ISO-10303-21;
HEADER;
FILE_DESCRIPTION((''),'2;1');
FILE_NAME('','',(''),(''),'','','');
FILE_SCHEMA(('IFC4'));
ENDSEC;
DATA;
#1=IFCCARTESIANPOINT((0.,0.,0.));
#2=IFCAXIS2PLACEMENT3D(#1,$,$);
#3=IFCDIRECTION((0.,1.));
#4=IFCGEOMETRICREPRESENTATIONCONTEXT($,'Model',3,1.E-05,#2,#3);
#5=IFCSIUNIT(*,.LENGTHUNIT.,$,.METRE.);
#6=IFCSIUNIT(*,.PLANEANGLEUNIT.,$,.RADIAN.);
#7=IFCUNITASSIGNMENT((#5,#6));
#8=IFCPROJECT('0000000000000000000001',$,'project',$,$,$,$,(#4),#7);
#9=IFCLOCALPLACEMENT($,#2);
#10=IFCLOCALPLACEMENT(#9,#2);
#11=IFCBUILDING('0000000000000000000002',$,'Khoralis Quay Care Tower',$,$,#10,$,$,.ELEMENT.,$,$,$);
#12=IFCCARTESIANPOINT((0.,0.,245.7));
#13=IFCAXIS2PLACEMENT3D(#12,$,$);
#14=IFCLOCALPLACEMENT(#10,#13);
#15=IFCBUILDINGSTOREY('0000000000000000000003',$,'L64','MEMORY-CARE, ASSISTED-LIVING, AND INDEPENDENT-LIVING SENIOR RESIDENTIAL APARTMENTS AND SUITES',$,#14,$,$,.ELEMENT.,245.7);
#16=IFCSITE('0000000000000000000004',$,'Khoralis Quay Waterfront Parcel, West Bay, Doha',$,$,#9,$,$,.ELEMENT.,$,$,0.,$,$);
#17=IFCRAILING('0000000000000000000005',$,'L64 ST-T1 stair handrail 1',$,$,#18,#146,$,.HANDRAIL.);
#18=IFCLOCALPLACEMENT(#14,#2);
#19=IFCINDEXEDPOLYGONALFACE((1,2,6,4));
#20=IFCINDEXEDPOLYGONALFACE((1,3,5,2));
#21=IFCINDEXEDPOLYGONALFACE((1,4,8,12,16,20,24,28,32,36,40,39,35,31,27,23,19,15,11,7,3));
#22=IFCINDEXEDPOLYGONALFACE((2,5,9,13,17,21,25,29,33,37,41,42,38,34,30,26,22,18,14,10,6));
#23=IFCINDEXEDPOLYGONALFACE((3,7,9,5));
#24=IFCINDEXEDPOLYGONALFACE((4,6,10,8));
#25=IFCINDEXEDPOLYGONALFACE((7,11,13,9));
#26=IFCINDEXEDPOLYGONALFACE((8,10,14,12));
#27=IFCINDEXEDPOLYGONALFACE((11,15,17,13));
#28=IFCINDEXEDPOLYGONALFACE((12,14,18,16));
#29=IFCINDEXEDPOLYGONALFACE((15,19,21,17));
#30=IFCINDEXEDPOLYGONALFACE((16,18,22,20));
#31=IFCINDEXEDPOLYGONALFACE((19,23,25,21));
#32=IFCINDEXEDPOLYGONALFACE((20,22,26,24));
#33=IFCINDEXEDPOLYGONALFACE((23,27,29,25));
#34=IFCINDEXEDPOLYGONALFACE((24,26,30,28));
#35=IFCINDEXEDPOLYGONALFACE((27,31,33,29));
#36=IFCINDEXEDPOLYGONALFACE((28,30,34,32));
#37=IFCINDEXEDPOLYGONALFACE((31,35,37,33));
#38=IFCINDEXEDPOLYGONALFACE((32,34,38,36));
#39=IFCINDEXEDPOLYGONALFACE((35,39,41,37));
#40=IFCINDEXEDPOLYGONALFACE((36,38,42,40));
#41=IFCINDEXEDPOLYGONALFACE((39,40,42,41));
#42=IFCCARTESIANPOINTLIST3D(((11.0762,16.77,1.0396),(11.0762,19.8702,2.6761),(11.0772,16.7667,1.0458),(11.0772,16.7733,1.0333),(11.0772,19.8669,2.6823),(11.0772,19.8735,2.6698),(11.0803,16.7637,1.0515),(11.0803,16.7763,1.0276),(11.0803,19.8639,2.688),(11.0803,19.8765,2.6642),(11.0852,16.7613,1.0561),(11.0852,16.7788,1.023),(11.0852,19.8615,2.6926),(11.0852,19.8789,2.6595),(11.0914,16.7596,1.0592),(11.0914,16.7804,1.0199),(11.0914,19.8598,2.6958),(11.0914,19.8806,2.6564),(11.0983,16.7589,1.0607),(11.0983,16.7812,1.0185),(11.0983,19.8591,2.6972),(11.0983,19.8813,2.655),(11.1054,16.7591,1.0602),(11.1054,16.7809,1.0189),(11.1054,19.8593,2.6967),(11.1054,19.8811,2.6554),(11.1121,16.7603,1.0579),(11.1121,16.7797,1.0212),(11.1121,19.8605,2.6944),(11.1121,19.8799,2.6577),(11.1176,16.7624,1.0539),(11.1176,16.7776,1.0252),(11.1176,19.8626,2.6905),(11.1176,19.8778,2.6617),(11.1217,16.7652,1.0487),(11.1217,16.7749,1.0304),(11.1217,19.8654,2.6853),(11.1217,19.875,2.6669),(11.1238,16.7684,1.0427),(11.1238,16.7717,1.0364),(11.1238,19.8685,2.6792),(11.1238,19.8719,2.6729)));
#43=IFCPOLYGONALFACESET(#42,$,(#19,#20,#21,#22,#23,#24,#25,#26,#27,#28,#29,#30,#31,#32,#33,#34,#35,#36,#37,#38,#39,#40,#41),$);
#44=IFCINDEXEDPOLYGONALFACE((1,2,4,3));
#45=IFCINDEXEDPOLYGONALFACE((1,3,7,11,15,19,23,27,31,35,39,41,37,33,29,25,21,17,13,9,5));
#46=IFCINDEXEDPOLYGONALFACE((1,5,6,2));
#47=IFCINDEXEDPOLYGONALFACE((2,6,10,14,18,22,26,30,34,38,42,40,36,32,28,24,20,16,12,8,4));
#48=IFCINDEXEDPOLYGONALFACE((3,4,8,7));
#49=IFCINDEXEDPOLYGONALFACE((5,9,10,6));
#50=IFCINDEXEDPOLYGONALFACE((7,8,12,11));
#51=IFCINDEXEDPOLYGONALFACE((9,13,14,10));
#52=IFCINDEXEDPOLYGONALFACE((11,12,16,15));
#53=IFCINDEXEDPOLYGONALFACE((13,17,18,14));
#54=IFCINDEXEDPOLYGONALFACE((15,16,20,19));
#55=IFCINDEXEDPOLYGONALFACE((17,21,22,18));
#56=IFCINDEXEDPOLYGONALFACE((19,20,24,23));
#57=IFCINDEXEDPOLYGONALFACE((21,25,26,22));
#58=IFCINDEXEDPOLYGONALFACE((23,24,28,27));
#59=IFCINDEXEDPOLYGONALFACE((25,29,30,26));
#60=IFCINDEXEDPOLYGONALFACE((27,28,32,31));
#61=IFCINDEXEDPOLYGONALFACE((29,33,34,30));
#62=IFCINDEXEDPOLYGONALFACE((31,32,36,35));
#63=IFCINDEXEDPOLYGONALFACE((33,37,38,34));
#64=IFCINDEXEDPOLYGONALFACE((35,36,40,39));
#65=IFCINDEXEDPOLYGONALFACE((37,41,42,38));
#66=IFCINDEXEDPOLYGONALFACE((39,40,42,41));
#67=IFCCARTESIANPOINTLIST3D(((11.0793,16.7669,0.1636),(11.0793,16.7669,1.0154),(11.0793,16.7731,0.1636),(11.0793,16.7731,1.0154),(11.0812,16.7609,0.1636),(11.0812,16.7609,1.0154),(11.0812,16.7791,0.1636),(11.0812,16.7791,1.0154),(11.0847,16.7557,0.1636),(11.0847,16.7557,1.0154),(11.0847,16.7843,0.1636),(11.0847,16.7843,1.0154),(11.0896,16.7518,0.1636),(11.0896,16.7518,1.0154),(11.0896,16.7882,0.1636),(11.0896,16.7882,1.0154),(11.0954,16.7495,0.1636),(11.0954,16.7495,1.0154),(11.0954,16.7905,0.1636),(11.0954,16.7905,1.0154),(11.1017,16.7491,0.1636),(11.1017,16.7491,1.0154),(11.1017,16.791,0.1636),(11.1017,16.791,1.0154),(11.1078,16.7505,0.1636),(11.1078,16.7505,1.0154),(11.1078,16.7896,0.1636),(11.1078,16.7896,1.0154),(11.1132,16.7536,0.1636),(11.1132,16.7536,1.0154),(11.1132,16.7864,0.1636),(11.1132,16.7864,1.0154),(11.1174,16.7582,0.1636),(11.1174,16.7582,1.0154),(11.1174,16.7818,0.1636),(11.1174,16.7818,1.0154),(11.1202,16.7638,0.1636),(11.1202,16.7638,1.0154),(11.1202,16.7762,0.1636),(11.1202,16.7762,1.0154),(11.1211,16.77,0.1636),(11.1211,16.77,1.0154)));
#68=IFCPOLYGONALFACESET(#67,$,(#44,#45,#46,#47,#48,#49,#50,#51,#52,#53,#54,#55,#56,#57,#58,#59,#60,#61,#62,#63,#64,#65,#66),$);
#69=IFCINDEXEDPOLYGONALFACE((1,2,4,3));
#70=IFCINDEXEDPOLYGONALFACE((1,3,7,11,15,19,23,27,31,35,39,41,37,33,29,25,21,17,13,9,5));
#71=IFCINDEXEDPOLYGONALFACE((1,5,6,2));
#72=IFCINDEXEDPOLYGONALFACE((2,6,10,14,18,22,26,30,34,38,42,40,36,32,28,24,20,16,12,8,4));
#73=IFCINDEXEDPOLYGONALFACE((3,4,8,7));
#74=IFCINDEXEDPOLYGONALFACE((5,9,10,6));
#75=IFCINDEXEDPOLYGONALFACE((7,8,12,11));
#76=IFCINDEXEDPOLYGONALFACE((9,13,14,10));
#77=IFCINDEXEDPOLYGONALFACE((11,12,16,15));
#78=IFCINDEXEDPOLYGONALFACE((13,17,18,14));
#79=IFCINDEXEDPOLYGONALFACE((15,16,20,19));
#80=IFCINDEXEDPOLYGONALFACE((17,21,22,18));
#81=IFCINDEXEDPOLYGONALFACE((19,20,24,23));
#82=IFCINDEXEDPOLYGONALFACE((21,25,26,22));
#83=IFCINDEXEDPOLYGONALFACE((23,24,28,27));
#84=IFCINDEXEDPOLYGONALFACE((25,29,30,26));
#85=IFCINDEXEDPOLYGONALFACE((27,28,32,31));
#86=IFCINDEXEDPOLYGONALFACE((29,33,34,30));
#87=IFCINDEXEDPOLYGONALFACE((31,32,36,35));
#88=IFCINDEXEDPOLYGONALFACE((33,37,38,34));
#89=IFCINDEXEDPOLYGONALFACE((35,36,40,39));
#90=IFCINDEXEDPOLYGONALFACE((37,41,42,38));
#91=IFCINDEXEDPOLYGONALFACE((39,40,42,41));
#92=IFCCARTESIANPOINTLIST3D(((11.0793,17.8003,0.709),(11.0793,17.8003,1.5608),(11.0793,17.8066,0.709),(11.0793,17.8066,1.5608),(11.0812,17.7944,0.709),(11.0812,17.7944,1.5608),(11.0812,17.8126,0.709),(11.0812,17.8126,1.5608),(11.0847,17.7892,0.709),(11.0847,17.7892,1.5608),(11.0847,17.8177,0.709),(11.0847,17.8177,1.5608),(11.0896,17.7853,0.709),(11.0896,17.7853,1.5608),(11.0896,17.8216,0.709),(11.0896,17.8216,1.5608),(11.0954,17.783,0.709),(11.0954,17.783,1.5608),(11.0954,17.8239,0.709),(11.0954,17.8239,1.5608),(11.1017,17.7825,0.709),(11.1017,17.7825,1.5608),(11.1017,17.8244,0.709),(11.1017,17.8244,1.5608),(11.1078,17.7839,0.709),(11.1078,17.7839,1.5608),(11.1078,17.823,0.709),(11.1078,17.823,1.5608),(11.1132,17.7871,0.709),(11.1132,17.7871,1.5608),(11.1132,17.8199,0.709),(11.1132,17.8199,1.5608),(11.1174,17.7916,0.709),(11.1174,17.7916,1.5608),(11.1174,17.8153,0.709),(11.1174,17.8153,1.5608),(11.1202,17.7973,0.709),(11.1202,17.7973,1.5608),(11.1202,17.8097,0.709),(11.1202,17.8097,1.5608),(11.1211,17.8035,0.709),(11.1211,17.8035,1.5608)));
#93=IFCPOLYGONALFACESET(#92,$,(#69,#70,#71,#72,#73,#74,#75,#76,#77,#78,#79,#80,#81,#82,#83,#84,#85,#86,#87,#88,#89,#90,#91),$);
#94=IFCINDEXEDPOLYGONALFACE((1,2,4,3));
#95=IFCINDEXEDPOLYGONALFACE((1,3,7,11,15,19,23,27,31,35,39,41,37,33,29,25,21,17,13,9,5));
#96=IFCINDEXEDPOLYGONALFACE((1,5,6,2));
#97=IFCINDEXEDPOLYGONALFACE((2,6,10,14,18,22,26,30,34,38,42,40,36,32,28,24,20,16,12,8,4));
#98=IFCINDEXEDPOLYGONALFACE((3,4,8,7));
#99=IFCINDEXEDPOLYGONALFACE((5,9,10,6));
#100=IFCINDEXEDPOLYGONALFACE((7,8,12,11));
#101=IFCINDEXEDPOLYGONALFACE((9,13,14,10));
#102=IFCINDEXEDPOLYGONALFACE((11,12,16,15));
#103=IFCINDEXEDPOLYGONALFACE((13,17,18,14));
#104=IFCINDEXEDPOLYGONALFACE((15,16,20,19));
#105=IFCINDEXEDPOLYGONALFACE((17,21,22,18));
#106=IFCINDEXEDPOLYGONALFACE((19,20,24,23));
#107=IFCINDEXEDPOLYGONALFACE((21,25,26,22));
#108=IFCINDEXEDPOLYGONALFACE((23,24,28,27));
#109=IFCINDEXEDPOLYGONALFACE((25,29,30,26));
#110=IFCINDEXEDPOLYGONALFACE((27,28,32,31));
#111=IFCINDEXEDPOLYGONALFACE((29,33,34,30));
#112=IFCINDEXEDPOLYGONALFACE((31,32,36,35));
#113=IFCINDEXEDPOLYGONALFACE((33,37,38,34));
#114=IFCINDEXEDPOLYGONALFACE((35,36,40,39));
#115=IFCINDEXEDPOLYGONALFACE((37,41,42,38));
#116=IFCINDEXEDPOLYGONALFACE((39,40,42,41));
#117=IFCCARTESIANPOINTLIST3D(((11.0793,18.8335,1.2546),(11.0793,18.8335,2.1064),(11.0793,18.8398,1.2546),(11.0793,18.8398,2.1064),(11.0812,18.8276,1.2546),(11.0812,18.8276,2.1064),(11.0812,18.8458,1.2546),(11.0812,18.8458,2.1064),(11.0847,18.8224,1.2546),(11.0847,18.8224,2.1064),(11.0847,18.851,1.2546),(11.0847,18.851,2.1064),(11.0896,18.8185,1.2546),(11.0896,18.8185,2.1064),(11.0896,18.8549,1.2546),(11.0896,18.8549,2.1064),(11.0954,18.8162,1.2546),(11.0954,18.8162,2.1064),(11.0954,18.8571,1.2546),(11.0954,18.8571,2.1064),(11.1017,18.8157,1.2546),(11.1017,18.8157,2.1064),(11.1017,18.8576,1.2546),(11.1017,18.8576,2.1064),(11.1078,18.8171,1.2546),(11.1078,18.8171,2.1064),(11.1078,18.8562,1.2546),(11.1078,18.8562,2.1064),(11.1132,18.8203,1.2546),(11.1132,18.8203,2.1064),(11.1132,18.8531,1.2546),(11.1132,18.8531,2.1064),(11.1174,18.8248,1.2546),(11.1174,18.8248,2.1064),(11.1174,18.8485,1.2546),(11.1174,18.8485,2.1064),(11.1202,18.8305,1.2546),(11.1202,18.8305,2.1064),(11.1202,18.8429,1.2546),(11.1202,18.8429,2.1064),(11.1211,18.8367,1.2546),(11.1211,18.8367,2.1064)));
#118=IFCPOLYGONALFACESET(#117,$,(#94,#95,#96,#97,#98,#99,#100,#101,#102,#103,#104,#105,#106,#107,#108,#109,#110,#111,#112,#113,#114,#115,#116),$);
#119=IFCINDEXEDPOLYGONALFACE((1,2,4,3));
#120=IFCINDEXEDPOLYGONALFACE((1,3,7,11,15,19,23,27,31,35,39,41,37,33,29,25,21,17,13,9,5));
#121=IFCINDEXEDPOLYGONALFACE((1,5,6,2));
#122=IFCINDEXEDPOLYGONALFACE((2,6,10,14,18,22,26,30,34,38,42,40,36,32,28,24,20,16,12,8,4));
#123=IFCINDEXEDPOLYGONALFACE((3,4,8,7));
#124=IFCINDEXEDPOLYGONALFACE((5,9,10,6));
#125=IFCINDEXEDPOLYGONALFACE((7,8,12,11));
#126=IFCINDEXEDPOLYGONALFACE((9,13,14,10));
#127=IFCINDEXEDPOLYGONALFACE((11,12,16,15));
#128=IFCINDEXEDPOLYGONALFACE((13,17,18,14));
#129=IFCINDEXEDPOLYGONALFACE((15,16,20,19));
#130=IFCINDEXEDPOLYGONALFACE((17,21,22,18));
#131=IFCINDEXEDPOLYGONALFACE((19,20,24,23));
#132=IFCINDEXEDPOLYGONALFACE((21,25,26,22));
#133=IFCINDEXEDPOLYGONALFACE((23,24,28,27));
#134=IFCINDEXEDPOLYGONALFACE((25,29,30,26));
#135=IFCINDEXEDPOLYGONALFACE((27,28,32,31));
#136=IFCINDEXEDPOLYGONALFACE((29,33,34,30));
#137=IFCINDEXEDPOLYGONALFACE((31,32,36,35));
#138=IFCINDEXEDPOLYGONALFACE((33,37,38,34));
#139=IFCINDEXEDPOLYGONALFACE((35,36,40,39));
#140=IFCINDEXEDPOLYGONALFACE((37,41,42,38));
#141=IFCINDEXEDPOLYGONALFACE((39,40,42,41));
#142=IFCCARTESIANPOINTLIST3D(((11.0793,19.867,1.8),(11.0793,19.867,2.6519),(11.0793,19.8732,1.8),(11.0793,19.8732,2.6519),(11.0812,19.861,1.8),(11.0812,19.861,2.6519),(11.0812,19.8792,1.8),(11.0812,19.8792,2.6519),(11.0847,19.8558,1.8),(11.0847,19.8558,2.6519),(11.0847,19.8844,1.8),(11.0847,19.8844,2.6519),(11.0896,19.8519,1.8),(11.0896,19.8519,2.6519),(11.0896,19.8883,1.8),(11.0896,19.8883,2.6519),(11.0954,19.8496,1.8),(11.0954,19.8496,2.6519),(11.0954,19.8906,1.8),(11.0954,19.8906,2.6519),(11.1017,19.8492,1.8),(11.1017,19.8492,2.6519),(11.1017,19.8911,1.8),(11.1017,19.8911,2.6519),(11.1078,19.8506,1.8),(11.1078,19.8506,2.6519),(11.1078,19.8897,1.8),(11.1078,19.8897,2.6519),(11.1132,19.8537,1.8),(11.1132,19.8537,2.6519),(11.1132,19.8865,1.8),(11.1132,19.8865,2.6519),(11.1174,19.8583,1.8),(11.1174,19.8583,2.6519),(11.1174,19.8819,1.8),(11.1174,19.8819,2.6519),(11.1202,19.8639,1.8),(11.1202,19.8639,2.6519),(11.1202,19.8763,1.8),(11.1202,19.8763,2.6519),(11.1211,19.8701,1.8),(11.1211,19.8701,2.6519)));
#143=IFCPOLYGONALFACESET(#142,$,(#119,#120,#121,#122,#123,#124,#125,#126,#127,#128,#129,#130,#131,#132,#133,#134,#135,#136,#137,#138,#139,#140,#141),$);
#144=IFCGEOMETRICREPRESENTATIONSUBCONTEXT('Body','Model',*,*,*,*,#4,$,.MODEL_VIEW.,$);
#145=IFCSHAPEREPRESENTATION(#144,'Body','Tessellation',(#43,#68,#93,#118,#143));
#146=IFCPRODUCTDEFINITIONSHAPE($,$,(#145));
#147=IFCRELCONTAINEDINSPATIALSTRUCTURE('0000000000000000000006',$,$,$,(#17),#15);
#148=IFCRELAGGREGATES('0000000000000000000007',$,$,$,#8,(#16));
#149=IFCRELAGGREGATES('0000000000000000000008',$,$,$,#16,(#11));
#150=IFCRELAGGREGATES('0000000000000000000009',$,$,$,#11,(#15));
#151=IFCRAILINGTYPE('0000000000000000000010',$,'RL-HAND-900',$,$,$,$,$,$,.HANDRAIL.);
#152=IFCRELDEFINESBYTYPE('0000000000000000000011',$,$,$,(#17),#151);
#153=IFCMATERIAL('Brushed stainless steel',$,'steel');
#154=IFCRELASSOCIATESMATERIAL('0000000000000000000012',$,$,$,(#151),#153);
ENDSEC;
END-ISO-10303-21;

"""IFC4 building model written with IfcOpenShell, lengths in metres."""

from ifc_helpers import new_model, si_unit, direction, frame, origin, origin_2d, place, context, subcontext, project, spatial, circle, extrude, material, type_object, element, save


model = new_model("IFC4")

# Units and contexts
model_context = context("Model", 3, precision=1e-05, world=origin(), true_north=direction((0.0, 1.0)))
body_context = subcontext(model_context, "Body", "Model", "MODEL_VIEW")
ifc_project = project(units=[si_unit("LENGTHUNIT", "METRE"), si_unit("PLANEANGLEUNIT", "RADIAN")], contexts=[model_context])

# Site, building, storey
site_placement = place(None, origin())
site = spatial("IfcSite", under=ifc_project, at=site_placement, Name="Khoralis Quay Waterfront Parcel, West Bay, Doha", CompositionType="ELEMENT", RefElevation=0.0)
building_placement = place(site_placement, origin())
building = spatial("IfcBuilding", under=site, at=building_placement, Name="Khoralis Quay Care Tower", CompositionType="ELEMENT")
storey_placement = place(building_placement, frame((0.0, 0.0, 245.7)))
storey = spatial("IfcBuildingStorey", under=building, at=storey_placement, Name="L64", Description="MEMORY-CARE, ASSISTED-LIVING, AND INDEPENDENT-LIVING SENIOR RESIDENTIAL APARTMENTS AND SUITES", CompositionType="ELEMENT", Elevation=245.7)

# Shared definitions
ifc_material_1 = material(Name="Brushed stainless steel", Category="steel")

# Railing
railing_type_1 = type_object("IfcRailingType", Name="RL-HAND-900", PredefinedType="HANDRAIL", material=ifc_material_1)
railing_1_placement = place(storey_placement, frame((11.1001, 16.77, 0.1636)))
element("IfcRailing", 1, at=railing_1_placement, inside=storey, type_object=railing_type_1, Name="L64 ST-T1 stair handrail 1", PredefinedType="HANDRAIL", context=body_context, shape_type="SweptSolid", body=[
    extrude(circle(Radius=0.0239, at=origin_2d()), frame((0.0, 0.0, 0.876), z_axis=(0.0, 0.884348, 0.466828), x_axis=(-1.0, 0.0, 0.0)), (0.0, 0.0, 1.0), 3.5056),
    extrude(circle(Radius=0.021, at=origin_2d()), origin(), (0.0, 0.0, 1.0), 0.8518),
    extrude(circle(Radius=0.021, at=origin_2d()), frame((0.0, 1.0334, 0.5454)), (0.0, 0.0, 1.0), 0.8518),
    extrude(circle(Radius=0.021, at=origin_2d()), frame((0.0, 2.0667, 1.0911)), (0.0, 0.0, 1.0), 0.8518),
    extrude(circle(Radius=0.021, at=origin_2d()), frame((0.0, 3.1001, 1.6365)), (0.0, 0.0, 1.0), 0.8518),
])

save(model, "model.ifc")
